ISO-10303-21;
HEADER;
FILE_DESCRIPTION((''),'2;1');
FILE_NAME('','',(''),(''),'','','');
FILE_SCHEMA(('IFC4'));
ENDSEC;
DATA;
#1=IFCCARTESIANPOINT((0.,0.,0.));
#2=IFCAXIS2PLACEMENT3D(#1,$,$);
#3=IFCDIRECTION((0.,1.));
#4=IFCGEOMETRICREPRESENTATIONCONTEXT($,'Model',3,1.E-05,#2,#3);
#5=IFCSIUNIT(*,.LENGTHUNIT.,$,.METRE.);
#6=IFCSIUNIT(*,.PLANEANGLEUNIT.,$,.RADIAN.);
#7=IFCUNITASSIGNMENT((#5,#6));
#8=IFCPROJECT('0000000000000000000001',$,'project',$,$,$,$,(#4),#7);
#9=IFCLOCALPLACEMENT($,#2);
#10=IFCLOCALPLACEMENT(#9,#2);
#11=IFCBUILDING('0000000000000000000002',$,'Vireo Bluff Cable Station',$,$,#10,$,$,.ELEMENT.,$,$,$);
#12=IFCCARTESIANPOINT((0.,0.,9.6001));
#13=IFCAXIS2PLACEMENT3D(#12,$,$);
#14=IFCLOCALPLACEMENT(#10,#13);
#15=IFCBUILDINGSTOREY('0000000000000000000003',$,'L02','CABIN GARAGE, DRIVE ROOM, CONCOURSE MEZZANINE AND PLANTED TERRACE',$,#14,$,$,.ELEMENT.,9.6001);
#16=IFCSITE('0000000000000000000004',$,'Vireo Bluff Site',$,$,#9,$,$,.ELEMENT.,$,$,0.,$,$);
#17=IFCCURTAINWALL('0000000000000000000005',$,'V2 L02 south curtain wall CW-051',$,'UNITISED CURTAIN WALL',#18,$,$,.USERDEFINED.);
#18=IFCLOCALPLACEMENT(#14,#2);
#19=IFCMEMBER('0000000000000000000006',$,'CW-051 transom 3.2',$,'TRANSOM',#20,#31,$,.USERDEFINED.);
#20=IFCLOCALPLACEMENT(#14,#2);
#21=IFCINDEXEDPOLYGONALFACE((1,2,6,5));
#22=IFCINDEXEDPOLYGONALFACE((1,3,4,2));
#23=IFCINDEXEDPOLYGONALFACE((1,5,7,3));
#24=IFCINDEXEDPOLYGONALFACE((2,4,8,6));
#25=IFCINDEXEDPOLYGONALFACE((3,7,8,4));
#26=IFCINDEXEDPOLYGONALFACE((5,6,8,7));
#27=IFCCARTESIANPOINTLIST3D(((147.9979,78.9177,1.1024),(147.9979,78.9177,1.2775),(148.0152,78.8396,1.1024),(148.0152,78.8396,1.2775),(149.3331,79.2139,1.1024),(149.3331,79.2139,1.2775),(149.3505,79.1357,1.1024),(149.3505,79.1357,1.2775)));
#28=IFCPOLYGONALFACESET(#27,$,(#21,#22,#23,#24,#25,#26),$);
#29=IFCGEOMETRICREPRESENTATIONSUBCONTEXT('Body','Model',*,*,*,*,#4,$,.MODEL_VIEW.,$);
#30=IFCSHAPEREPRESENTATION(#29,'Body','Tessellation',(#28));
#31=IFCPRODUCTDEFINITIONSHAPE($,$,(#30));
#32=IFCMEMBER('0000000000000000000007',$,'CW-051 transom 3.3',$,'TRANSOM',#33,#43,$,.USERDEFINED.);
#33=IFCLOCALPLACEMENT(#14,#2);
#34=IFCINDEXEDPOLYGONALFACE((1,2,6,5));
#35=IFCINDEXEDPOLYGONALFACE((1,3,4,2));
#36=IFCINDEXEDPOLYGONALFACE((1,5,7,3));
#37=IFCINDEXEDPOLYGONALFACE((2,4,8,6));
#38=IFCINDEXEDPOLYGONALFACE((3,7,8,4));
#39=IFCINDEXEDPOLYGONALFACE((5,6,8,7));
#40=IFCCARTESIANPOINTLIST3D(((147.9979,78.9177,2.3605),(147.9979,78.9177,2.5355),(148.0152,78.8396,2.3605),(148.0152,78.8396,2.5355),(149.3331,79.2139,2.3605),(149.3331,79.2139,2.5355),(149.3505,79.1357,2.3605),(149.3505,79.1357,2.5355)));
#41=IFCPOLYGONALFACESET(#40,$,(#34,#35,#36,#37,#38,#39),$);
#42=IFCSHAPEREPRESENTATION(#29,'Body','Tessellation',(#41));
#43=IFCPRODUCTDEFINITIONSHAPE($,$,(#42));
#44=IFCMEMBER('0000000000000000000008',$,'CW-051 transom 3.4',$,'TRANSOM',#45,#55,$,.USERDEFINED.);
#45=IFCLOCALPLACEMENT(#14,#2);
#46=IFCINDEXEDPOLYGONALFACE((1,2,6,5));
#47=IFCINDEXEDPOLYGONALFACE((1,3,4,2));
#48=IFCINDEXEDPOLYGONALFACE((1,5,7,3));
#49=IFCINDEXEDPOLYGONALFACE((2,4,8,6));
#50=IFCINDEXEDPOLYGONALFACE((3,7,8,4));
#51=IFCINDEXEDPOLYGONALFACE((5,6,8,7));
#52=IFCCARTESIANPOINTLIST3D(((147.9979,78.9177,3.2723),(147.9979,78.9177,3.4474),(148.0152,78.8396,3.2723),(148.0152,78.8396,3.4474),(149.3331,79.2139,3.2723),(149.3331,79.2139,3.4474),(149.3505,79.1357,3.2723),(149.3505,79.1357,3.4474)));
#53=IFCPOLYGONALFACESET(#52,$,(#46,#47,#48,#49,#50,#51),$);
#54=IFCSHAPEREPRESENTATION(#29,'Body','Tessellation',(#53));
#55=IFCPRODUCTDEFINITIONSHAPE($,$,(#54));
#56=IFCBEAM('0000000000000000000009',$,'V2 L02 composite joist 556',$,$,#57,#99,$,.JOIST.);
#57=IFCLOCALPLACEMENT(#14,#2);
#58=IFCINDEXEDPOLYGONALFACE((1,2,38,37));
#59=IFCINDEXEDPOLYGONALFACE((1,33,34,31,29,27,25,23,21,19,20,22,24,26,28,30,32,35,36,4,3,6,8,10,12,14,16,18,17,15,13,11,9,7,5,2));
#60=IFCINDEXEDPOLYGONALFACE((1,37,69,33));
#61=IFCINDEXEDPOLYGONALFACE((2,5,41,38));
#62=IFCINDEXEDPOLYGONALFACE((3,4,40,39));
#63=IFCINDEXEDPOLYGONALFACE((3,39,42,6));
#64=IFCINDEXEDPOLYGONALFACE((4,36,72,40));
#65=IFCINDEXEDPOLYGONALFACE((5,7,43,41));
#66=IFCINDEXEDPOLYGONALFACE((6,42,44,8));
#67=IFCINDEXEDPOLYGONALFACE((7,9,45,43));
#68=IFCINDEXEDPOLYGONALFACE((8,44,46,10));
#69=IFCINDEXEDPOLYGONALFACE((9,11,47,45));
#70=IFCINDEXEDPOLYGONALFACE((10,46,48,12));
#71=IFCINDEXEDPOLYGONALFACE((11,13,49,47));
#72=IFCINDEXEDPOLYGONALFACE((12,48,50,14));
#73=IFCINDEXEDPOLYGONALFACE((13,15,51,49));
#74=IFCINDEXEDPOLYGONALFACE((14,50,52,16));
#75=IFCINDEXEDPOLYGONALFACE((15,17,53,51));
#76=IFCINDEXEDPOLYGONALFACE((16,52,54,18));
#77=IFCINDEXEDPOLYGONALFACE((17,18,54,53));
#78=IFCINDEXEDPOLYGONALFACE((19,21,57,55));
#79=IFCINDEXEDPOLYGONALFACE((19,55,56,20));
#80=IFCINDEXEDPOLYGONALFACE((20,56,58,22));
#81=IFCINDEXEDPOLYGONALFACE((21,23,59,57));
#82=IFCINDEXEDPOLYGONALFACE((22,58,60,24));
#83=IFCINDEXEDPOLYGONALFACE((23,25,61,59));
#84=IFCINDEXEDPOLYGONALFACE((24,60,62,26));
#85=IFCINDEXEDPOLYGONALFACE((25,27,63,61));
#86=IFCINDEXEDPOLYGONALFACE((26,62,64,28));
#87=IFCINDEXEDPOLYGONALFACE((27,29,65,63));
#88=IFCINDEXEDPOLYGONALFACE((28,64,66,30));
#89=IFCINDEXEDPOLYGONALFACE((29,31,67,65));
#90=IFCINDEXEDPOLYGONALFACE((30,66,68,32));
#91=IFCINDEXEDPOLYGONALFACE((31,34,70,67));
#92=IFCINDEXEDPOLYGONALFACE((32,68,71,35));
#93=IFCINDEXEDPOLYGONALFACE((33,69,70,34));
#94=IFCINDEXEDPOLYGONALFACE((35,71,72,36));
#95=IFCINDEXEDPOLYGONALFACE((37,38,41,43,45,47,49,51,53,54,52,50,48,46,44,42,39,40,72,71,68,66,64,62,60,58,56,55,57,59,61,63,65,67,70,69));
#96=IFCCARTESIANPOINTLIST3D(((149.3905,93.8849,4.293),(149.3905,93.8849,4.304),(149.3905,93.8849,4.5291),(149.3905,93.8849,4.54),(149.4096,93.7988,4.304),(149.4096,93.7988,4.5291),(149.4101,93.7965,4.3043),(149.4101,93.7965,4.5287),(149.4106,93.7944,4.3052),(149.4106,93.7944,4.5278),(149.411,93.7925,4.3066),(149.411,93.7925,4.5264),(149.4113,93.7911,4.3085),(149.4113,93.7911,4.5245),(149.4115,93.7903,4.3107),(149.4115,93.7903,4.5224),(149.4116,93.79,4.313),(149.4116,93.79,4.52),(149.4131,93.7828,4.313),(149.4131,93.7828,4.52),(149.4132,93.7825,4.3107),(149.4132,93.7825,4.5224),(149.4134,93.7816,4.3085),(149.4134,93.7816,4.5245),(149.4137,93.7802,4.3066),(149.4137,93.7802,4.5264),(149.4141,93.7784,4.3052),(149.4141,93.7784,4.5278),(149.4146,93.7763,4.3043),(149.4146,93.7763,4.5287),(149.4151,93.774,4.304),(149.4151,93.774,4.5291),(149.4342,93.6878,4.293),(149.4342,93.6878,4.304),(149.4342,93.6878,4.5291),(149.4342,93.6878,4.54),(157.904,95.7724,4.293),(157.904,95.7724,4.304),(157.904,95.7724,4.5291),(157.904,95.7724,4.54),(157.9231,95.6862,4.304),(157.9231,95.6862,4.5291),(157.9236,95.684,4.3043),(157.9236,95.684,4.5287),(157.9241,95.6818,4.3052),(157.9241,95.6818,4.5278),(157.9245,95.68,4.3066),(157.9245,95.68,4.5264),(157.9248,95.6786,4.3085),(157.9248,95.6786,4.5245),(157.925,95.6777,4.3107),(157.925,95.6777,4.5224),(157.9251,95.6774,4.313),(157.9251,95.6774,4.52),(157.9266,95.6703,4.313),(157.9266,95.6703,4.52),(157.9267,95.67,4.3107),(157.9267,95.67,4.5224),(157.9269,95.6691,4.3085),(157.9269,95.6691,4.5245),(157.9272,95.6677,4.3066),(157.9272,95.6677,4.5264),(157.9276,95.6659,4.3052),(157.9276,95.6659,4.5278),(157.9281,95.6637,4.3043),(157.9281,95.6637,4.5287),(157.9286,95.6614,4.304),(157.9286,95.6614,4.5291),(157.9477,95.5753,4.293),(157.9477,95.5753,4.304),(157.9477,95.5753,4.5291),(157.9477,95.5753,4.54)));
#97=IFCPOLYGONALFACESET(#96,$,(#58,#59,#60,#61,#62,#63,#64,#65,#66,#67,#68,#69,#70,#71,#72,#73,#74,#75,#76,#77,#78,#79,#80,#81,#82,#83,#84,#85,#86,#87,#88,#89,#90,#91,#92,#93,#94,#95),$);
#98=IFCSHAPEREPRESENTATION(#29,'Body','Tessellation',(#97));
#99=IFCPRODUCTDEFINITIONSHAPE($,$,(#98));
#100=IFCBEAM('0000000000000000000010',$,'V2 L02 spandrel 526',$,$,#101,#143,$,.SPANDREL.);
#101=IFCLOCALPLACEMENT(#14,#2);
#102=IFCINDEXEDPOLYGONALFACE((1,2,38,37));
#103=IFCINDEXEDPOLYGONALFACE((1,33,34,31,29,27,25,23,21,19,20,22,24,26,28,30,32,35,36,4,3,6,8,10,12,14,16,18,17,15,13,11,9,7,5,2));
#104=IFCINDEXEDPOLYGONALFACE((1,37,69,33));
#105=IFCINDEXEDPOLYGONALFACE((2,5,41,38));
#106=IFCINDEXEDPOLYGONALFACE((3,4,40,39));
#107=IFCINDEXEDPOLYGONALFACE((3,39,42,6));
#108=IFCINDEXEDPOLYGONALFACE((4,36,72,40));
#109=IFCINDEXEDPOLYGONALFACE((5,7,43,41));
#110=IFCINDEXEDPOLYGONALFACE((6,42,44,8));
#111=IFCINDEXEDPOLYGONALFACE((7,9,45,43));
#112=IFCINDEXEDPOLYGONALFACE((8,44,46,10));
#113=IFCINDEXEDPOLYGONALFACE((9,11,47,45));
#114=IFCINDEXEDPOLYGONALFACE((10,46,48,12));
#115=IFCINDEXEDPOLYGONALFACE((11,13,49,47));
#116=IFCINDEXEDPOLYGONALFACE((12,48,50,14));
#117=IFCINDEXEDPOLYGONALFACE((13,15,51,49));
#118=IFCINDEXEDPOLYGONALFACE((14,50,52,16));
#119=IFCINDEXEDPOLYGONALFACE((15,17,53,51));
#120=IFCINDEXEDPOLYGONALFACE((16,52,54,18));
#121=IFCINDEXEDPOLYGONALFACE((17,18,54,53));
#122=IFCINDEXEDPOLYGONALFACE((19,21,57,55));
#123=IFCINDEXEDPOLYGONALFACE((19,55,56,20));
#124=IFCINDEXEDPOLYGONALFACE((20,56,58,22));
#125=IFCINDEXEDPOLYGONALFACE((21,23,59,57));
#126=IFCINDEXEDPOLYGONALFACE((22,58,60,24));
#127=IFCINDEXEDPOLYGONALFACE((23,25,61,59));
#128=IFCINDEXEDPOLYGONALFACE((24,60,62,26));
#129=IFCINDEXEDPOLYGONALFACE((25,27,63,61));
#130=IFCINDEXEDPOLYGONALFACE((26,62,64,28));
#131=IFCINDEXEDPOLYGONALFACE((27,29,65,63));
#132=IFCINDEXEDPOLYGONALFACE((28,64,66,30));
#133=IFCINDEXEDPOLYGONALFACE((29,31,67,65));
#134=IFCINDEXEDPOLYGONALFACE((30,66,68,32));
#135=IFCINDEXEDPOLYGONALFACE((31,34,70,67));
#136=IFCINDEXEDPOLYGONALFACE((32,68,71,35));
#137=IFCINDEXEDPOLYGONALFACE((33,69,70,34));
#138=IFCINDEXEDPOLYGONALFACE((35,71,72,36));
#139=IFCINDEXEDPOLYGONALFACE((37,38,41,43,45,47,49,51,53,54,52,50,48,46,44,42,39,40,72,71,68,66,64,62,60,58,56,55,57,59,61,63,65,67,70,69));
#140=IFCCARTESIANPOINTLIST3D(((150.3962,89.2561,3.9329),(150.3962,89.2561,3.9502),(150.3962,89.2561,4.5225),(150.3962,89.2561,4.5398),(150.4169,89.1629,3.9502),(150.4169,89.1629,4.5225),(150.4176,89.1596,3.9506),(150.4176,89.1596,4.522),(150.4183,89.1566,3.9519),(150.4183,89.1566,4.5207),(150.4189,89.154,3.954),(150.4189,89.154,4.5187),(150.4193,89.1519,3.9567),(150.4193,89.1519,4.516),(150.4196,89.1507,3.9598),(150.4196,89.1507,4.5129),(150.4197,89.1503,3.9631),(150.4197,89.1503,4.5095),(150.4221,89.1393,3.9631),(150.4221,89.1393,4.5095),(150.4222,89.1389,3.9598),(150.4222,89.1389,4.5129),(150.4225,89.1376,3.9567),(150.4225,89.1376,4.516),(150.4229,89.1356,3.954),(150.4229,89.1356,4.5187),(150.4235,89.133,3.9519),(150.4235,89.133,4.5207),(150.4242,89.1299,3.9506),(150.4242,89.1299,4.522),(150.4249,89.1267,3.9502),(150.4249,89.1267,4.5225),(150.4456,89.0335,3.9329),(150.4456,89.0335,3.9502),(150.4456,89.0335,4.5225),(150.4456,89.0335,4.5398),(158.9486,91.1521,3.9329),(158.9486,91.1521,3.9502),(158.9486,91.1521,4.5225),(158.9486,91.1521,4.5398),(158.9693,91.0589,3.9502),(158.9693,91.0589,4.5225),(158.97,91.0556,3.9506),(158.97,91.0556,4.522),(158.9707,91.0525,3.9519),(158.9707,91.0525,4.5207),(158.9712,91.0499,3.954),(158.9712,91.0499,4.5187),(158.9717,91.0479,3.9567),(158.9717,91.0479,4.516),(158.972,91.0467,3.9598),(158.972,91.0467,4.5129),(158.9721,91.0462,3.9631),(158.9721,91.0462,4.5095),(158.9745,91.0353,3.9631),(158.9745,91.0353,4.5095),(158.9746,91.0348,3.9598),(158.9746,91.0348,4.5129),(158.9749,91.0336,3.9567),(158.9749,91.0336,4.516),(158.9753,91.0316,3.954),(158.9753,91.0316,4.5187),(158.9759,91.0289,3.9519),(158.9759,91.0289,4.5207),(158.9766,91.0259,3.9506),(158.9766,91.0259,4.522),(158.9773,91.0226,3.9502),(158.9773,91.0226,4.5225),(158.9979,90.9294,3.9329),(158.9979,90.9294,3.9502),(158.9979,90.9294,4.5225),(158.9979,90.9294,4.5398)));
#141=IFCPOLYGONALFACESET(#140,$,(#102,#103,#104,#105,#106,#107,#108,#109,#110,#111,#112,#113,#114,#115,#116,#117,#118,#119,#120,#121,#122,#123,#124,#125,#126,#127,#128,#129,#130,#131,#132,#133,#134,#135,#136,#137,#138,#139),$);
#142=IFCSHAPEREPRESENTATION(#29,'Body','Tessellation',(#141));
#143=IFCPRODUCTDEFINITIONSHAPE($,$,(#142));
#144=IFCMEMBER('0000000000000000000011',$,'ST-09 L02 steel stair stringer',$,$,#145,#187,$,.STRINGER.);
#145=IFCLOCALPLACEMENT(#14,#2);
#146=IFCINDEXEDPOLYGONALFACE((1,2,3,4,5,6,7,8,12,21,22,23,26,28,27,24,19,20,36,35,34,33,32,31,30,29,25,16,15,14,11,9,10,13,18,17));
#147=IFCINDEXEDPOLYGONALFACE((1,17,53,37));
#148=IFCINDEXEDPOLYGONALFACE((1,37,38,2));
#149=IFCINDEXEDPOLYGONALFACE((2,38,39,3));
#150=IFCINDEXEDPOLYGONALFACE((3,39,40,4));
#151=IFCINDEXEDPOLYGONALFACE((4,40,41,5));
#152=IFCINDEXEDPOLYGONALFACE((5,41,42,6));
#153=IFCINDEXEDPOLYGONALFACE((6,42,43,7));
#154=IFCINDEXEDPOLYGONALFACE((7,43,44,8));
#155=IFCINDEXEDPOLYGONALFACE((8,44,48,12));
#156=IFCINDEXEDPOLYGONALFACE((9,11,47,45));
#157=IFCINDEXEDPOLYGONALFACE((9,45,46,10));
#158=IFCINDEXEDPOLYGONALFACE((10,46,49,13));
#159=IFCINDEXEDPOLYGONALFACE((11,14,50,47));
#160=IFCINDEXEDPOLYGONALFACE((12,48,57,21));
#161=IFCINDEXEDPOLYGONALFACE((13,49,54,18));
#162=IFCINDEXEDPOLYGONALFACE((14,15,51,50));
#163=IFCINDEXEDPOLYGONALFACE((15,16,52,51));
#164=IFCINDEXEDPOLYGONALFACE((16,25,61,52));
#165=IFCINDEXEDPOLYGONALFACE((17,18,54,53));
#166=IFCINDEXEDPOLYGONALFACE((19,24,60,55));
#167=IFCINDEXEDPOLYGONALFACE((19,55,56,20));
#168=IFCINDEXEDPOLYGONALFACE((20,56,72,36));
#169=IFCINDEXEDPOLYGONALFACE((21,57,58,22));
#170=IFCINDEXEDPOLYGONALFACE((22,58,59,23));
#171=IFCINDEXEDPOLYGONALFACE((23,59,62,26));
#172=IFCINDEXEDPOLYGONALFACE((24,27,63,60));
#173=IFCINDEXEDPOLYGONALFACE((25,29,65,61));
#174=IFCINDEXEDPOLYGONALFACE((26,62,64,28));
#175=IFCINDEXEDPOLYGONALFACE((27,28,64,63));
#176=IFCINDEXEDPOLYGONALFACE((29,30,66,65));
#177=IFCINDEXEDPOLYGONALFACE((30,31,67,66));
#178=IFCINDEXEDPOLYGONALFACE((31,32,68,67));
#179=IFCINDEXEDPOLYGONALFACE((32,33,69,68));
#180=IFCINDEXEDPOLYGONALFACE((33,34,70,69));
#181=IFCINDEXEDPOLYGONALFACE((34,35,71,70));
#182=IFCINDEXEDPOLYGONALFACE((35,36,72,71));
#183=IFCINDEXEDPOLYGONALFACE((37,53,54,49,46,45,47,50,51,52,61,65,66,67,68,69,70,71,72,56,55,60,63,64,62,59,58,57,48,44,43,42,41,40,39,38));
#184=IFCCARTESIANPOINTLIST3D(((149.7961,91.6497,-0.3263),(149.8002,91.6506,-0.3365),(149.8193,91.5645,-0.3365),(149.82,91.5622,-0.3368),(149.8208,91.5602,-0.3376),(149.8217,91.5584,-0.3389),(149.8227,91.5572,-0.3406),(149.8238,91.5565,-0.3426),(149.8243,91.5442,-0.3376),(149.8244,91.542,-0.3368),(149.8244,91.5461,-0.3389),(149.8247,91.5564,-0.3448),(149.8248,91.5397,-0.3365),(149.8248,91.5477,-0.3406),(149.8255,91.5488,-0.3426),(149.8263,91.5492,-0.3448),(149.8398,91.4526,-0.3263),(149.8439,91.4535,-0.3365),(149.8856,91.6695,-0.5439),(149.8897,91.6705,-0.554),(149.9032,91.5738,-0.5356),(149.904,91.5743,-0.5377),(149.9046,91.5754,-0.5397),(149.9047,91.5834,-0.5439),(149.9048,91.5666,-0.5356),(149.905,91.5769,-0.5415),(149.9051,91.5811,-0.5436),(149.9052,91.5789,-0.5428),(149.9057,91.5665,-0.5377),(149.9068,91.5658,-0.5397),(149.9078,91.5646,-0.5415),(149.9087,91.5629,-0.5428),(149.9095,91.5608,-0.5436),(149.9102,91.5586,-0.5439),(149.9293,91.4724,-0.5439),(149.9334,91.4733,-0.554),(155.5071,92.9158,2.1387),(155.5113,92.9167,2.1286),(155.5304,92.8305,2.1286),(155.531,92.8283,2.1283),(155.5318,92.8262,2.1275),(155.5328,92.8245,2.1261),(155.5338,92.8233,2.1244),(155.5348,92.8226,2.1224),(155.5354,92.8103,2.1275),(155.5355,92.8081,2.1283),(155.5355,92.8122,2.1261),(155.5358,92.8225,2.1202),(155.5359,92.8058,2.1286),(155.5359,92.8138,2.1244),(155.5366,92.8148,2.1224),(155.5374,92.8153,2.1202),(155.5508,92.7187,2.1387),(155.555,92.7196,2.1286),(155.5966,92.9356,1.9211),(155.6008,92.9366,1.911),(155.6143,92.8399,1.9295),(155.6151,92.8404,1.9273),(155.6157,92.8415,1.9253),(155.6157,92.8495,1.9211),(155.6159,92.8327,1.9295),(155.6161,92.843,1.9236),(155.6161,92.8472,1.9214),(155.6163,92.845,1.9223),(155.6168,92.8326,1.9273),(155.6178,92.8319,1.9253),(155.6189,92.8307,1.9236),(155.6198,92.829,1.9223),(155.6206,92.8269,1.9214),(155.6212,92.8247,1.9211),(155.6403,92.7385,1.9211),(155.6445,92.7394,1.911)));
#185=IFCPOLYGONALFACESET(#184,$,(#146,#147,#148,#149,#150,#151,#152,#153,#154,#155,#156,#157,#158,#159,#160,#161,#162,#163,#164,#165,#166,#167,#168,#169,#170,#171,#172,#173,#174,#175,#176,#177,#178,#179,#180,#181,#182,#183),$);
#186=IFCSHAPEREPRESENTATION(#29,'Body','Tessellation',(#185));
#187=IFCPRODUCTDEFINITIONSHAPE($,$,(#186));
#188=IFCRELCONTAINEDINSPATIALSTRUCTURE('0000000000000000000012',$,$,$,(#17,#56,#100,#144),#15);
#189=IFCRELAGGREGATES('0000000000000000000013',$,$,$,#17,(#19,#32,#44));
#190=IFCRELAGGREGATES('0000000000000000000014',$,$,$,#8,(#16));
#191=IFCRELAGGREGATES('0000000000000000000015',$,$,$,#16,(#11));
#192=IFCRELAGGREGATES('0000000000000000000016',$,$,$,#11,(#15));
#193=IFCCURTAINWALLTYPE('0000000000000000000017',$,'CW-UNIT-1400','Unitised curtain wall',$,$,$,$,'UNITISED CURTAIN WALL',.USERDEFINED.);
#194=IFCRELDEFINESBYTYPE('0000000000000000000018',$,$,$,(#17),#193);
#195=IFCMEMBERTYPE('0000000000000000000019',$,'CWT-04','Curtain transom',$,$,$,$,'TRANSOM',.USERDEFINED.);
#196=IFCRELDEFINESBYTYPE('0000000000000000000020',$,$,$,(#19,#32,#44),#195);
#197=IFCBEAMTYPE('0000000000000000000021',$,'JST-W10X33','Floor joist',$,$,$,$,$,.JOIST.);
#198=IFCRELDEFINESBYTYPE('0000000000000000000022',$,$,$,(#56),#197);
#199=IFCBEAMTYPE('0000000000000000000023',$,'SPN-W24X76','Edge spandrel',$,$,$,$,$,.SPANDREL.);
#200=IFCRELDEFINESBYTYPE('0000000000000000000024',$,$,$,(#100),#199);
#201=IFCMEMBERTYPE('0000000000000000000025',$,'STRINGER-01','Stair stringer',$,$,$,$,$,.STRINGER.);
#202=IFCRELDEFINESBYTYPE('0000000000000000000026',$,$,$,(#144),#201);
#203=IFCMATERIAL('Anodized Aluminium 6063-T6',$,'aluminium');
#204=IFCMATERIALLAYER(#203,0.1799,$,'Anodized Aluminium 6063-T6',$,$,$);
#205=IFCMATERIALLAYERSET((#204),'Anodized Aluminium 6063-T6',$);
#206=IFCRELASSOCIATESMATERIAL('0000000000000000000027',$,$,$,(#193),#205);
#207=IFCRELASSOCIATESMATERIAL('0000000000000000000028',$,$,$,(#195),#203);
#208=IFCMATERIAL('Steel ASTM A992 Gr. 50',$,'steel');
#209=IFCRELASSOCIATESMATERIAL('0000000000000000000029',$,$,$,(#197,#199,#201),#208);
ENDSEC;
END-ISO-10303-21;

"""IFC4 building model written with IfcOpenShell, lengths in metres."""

from ifc_helpers import new_model, si_unit, direction, frame, origin, origin_2d, place, context, subcontext, project, spatial, rectangle, i_section, extrude, material, layer, layer_set, material_profile, profile_set, type_object, element, aggregate, save


model = new_model("IFC4")

# Units and contexts
model_context = context("Model", 3, precision=1e-05, world=origin(), true_north=direction((0.0, 1.0)))
body_context = subcontext(model_context, "Body", "Model", "MODEL_VIEW")
ifc_project = project(units=[si_unit("LENGTHUNIT", "METRE"), si_unit("PLANEANGLEUNIT", "RADIAN")], contexts=[model_context])

# Site, building, storey
site_placement = place(None, origin())
site = spatial("IfcSite", under=ifc_project, at=site_placement, Name="Vireo Bluff Site", CompositionType="ELEMENT", RefElevation=0.0)
building_placement = place(site_placement, origin())
building = spatial("IfcBuilding", under=site, at=building_placement, Name="Vireo Bluff Cable Station", CompositionType="ELEMENT")
storey_placement = place(building_placement, frame((0.0, 0.0, 9.6001)))
storey = spatial("IfcBuildingStorey", under=building, at=storey_placement, Name="L02", Description="CABIN GARAGE, DRIVE ROOM, CONCOURSE MEZZANINE AND PLANTED TERRACE", CompositionType="ELEMENT", Elevation=9.6001)

# Shared definitions
ifc_material_1 = material(Name="Steel ASTM A992 Gr. 50", Category="steel")

# Curtain wall, members
ifc_material_2 = material(Name="Anodized Aluminium 6063-T6", Category="aluminium")
ifc_layer_1 = layer(ifc_material_2, 0.1799, Name="Anodized Aluminium 6063-T6")
ifc_layer_set_1 = layer_set([ifc_layer_1], Name="Anodized Aluminium 6063-T6")
curtain_wall_type = type_object("IfcCurtainWallType", Name="CW-UNIT-1400", Description="Unitised curtain wall", ElementType="UNITISED CURTAIN WALL", PredefinedType="USERDEFINED", material=ifc_layer_set_1)
curtain_wall_placement = place(storey_placement, origin())
curtain_wall = element("IfcCurtainWall", 1, at=curtain_wall_placement, inside=storey, type_object=curtain_wall_type, Name="V2 L02 south curtain wall CW-051", ObjectType="UNITISED CURTAIN WALL", PredefinedType="USERDEFINED")
ifc_material_profile_1 = material_profile(ifc_material_2, rectangle(XDim=0.0801, YDim=0.175, at=origin_2d()), Name="ALU-T-80X175")
ifc_profile_set_1 = profile_set([ifc_material_profile_1], Name="Anodized Aluminium 6063-T6")
member_type_1 = type_object("IfcMemberType", Name="CWT-04", Description="Curtain transom", ElementType="TRANSOM", PredefinedType="USERDEFINED", material=ifc_profile_set_1)
member_1_placement = place(storey_placement, frame((149.3418, 79.1748, 1.1899), z_axis=(-0.976275, -0.216534, 0.0), x_axis=(0.216534, -0.976275, 0.0)))
member_1 = element("IfcMember", 2, at=member_1_placement, type_object=member_type_1, Name="CW-051 transom 3.2", ObjectType="TRANSOM", PredefinedType="USERDEFINED", context=body_context, shape_type="SweptSolid", body=[
    extrude(rectangle(XDim=0.0801, YDim=0.175, at=origin_2d()), origin(), (0.0, 0.0, 1.0), 1.3677),
])
member_2_placement = place(storey_placement, frame((149.3418, 79.1748, 2.448), z_axis=(-0.976275, -0.216534, 0.0), x_axis=(0.216534, -0.976275, 0.0)))
member_2 = element("IfcMember", 3, at=member_2_placement, type_object=member_type_1, Name="CW-051 transom 3.3", ObjectType="TRANSOM", PredefinedType="USERDEFINED", context=body_context, shape_type="SweptSolid", body=[
    extrude(rectangle(XDim=0.0801, YDim=0.175, at=origin_2d()), origin(), (0.0, 0.0, 1.0), 1.3677),
])
member_3_placement = place(storey_placement, frame((149.3418, 79.1748, 3.3599), z_axis=(-0.976275, -0.216534, 0.0), x_axis=(0.216534, -0.976275, 0.0)))
member_3 = element("IfcMember", 4, at=member_3_placement, type_object=member_type_1, Name="CW-051 transom 3.4", ObjectType="TRANSOM", PredefinedType="USERDEFINED", context=body_context, shape_type="SweptSolid", body=[
    extrude(rectangle(XDim=0.0801, YDim=0.175, at=origin_2d()), origin(), (0.0, 0.0, 1.0), 1.3677),
])

# Beams
ifc_material_profile_2 = material_profile(ifc_material_1, i_section(OverallWidth=0.2019, OverallDepth=0.2471, WebThickness=0.0073, FlangeThickness=0.011, FilletRadius=0.009, at=origin_2d()), Name="W10X33")
ifc_profile_set_2 = profile_set([ifc_material_profile_2], Name="Steel ASTM A992 Gr. 50")
beam_type_1 = type_object("IfcBeamType", Name="JST-W10X33", Description="Floor joist", PredefinedType="JOIST", material=ifc_profile_set_2)
beam_1_placement = place(storey_placement, frame((149.4124, 93.7864, 4.4165), z_axis=(0.976294, 0.216447, 0.0), x_axis=(-0.216447, 0.976294, 0.0)))
element("IfcBeam", 5, at=beam_1_placement, inside=storey, type_object=beam_type_1, Name="V2 L02 composite joist 556", PredefinedType="JOIST", context=body_context, shape_type="SweptSolid", body=[
    extrude(i_section(OverallWidth=0.2019, OverallDepth=0.2471, WebThickness=0.0073, FlangeThickness=0.011, FilletRadius=0.009, at=origin_2d()), origin(), (0.0, 0.0, 1.0), 8.7202),
])
ifc_material_profile_3 = material_profile(ifc_material_1, i_section(OverallWidth=0.228, OverallDepth=0.6069, WebThickness=0.0112, FlangeThickness=0.0173, FilletRadius=0.0129, at=origin_2d()), Name="W24X76")
ifc_profile_set_3 = profile_set([ifc_material_profile_3], Name="Steel ASTM A992 Gr. 50")
beam_type_2 = type_object("IfcBeamType", Name="SPN-W24X76", Description="Edge spandrel", PredefinedType="SPANDREL", material=ifc_profile_set_3)
beam_2_placement = place(storey_placement, frame((150.4209, 89.1448, 4.2363), z_axis=(0.976297, 0.216435, 0.0), x_axis=(-0.216435, 0.976297, 0.0)))
element("IfcBeam", 6, at=beam_2_placement, inside=storey, type_object=beam_type_2, Name="V2 L02 spandrel 526", PredefinedType="SPANDREL", context=body_context, shape_type="SweptSolid", body=[
    extrude(i_section(OverallWidth=0.228, OverallDepth=0.6069, WebThickness=0.0112, FlangeThickness=0.0173, FilletRadius=0.0129, at=origin_2d()), origin(), (0.0, 0.0, 1.0), 8.76),
])

# Member
ifc_material_profile_4 = material_profile(ifc_material_1, i_section(OverallWidth=0.2019, OverallDepth=0.2471, WebThickness=0.0073, FlangeThickness=0.011, FilletRadius=0.009, at=origin_2d()), Name="W10X33")
ifc_profile_set_4 = profile_set([ifc_material_profile_4], Name="Steel ASTM A992 Gr. 50")
member_type_2 = type_object("IfcMemberType", Name="STRINGER-01", Description="Stair stringer", PredefinedType="STRINGER", material=ifc_profile_set_4)
member_4_placement = place(storey_placement, frame((149.8647, 91.5615, -0.4402), z_axis=(0.89968, 0.19945, 0.388324), x_axis=(-0.216436, 0.976297, 0.0)))
element("IfcMember", 7, at=member_4_placement, inside=storey, type_object=member_type_2, Name="ST-09 L02 steel stair stringer", PredefinedType="STRINGER", context=body_context, shape_type="SweptSolid", body=[
    extrude(i_section(OverallWidth=0.2019, OverallDepth=0.2471, WebThickness=0.0073, FlangeThickness=0.011, FilletRadius=0.009, at=origin_2d()), origin(), (0.0, 0.0, 1.0), 6.3479),
])

aggregate(curtain_wall, [member_1, member_2, member_3])

save(model, "model.ifc")
